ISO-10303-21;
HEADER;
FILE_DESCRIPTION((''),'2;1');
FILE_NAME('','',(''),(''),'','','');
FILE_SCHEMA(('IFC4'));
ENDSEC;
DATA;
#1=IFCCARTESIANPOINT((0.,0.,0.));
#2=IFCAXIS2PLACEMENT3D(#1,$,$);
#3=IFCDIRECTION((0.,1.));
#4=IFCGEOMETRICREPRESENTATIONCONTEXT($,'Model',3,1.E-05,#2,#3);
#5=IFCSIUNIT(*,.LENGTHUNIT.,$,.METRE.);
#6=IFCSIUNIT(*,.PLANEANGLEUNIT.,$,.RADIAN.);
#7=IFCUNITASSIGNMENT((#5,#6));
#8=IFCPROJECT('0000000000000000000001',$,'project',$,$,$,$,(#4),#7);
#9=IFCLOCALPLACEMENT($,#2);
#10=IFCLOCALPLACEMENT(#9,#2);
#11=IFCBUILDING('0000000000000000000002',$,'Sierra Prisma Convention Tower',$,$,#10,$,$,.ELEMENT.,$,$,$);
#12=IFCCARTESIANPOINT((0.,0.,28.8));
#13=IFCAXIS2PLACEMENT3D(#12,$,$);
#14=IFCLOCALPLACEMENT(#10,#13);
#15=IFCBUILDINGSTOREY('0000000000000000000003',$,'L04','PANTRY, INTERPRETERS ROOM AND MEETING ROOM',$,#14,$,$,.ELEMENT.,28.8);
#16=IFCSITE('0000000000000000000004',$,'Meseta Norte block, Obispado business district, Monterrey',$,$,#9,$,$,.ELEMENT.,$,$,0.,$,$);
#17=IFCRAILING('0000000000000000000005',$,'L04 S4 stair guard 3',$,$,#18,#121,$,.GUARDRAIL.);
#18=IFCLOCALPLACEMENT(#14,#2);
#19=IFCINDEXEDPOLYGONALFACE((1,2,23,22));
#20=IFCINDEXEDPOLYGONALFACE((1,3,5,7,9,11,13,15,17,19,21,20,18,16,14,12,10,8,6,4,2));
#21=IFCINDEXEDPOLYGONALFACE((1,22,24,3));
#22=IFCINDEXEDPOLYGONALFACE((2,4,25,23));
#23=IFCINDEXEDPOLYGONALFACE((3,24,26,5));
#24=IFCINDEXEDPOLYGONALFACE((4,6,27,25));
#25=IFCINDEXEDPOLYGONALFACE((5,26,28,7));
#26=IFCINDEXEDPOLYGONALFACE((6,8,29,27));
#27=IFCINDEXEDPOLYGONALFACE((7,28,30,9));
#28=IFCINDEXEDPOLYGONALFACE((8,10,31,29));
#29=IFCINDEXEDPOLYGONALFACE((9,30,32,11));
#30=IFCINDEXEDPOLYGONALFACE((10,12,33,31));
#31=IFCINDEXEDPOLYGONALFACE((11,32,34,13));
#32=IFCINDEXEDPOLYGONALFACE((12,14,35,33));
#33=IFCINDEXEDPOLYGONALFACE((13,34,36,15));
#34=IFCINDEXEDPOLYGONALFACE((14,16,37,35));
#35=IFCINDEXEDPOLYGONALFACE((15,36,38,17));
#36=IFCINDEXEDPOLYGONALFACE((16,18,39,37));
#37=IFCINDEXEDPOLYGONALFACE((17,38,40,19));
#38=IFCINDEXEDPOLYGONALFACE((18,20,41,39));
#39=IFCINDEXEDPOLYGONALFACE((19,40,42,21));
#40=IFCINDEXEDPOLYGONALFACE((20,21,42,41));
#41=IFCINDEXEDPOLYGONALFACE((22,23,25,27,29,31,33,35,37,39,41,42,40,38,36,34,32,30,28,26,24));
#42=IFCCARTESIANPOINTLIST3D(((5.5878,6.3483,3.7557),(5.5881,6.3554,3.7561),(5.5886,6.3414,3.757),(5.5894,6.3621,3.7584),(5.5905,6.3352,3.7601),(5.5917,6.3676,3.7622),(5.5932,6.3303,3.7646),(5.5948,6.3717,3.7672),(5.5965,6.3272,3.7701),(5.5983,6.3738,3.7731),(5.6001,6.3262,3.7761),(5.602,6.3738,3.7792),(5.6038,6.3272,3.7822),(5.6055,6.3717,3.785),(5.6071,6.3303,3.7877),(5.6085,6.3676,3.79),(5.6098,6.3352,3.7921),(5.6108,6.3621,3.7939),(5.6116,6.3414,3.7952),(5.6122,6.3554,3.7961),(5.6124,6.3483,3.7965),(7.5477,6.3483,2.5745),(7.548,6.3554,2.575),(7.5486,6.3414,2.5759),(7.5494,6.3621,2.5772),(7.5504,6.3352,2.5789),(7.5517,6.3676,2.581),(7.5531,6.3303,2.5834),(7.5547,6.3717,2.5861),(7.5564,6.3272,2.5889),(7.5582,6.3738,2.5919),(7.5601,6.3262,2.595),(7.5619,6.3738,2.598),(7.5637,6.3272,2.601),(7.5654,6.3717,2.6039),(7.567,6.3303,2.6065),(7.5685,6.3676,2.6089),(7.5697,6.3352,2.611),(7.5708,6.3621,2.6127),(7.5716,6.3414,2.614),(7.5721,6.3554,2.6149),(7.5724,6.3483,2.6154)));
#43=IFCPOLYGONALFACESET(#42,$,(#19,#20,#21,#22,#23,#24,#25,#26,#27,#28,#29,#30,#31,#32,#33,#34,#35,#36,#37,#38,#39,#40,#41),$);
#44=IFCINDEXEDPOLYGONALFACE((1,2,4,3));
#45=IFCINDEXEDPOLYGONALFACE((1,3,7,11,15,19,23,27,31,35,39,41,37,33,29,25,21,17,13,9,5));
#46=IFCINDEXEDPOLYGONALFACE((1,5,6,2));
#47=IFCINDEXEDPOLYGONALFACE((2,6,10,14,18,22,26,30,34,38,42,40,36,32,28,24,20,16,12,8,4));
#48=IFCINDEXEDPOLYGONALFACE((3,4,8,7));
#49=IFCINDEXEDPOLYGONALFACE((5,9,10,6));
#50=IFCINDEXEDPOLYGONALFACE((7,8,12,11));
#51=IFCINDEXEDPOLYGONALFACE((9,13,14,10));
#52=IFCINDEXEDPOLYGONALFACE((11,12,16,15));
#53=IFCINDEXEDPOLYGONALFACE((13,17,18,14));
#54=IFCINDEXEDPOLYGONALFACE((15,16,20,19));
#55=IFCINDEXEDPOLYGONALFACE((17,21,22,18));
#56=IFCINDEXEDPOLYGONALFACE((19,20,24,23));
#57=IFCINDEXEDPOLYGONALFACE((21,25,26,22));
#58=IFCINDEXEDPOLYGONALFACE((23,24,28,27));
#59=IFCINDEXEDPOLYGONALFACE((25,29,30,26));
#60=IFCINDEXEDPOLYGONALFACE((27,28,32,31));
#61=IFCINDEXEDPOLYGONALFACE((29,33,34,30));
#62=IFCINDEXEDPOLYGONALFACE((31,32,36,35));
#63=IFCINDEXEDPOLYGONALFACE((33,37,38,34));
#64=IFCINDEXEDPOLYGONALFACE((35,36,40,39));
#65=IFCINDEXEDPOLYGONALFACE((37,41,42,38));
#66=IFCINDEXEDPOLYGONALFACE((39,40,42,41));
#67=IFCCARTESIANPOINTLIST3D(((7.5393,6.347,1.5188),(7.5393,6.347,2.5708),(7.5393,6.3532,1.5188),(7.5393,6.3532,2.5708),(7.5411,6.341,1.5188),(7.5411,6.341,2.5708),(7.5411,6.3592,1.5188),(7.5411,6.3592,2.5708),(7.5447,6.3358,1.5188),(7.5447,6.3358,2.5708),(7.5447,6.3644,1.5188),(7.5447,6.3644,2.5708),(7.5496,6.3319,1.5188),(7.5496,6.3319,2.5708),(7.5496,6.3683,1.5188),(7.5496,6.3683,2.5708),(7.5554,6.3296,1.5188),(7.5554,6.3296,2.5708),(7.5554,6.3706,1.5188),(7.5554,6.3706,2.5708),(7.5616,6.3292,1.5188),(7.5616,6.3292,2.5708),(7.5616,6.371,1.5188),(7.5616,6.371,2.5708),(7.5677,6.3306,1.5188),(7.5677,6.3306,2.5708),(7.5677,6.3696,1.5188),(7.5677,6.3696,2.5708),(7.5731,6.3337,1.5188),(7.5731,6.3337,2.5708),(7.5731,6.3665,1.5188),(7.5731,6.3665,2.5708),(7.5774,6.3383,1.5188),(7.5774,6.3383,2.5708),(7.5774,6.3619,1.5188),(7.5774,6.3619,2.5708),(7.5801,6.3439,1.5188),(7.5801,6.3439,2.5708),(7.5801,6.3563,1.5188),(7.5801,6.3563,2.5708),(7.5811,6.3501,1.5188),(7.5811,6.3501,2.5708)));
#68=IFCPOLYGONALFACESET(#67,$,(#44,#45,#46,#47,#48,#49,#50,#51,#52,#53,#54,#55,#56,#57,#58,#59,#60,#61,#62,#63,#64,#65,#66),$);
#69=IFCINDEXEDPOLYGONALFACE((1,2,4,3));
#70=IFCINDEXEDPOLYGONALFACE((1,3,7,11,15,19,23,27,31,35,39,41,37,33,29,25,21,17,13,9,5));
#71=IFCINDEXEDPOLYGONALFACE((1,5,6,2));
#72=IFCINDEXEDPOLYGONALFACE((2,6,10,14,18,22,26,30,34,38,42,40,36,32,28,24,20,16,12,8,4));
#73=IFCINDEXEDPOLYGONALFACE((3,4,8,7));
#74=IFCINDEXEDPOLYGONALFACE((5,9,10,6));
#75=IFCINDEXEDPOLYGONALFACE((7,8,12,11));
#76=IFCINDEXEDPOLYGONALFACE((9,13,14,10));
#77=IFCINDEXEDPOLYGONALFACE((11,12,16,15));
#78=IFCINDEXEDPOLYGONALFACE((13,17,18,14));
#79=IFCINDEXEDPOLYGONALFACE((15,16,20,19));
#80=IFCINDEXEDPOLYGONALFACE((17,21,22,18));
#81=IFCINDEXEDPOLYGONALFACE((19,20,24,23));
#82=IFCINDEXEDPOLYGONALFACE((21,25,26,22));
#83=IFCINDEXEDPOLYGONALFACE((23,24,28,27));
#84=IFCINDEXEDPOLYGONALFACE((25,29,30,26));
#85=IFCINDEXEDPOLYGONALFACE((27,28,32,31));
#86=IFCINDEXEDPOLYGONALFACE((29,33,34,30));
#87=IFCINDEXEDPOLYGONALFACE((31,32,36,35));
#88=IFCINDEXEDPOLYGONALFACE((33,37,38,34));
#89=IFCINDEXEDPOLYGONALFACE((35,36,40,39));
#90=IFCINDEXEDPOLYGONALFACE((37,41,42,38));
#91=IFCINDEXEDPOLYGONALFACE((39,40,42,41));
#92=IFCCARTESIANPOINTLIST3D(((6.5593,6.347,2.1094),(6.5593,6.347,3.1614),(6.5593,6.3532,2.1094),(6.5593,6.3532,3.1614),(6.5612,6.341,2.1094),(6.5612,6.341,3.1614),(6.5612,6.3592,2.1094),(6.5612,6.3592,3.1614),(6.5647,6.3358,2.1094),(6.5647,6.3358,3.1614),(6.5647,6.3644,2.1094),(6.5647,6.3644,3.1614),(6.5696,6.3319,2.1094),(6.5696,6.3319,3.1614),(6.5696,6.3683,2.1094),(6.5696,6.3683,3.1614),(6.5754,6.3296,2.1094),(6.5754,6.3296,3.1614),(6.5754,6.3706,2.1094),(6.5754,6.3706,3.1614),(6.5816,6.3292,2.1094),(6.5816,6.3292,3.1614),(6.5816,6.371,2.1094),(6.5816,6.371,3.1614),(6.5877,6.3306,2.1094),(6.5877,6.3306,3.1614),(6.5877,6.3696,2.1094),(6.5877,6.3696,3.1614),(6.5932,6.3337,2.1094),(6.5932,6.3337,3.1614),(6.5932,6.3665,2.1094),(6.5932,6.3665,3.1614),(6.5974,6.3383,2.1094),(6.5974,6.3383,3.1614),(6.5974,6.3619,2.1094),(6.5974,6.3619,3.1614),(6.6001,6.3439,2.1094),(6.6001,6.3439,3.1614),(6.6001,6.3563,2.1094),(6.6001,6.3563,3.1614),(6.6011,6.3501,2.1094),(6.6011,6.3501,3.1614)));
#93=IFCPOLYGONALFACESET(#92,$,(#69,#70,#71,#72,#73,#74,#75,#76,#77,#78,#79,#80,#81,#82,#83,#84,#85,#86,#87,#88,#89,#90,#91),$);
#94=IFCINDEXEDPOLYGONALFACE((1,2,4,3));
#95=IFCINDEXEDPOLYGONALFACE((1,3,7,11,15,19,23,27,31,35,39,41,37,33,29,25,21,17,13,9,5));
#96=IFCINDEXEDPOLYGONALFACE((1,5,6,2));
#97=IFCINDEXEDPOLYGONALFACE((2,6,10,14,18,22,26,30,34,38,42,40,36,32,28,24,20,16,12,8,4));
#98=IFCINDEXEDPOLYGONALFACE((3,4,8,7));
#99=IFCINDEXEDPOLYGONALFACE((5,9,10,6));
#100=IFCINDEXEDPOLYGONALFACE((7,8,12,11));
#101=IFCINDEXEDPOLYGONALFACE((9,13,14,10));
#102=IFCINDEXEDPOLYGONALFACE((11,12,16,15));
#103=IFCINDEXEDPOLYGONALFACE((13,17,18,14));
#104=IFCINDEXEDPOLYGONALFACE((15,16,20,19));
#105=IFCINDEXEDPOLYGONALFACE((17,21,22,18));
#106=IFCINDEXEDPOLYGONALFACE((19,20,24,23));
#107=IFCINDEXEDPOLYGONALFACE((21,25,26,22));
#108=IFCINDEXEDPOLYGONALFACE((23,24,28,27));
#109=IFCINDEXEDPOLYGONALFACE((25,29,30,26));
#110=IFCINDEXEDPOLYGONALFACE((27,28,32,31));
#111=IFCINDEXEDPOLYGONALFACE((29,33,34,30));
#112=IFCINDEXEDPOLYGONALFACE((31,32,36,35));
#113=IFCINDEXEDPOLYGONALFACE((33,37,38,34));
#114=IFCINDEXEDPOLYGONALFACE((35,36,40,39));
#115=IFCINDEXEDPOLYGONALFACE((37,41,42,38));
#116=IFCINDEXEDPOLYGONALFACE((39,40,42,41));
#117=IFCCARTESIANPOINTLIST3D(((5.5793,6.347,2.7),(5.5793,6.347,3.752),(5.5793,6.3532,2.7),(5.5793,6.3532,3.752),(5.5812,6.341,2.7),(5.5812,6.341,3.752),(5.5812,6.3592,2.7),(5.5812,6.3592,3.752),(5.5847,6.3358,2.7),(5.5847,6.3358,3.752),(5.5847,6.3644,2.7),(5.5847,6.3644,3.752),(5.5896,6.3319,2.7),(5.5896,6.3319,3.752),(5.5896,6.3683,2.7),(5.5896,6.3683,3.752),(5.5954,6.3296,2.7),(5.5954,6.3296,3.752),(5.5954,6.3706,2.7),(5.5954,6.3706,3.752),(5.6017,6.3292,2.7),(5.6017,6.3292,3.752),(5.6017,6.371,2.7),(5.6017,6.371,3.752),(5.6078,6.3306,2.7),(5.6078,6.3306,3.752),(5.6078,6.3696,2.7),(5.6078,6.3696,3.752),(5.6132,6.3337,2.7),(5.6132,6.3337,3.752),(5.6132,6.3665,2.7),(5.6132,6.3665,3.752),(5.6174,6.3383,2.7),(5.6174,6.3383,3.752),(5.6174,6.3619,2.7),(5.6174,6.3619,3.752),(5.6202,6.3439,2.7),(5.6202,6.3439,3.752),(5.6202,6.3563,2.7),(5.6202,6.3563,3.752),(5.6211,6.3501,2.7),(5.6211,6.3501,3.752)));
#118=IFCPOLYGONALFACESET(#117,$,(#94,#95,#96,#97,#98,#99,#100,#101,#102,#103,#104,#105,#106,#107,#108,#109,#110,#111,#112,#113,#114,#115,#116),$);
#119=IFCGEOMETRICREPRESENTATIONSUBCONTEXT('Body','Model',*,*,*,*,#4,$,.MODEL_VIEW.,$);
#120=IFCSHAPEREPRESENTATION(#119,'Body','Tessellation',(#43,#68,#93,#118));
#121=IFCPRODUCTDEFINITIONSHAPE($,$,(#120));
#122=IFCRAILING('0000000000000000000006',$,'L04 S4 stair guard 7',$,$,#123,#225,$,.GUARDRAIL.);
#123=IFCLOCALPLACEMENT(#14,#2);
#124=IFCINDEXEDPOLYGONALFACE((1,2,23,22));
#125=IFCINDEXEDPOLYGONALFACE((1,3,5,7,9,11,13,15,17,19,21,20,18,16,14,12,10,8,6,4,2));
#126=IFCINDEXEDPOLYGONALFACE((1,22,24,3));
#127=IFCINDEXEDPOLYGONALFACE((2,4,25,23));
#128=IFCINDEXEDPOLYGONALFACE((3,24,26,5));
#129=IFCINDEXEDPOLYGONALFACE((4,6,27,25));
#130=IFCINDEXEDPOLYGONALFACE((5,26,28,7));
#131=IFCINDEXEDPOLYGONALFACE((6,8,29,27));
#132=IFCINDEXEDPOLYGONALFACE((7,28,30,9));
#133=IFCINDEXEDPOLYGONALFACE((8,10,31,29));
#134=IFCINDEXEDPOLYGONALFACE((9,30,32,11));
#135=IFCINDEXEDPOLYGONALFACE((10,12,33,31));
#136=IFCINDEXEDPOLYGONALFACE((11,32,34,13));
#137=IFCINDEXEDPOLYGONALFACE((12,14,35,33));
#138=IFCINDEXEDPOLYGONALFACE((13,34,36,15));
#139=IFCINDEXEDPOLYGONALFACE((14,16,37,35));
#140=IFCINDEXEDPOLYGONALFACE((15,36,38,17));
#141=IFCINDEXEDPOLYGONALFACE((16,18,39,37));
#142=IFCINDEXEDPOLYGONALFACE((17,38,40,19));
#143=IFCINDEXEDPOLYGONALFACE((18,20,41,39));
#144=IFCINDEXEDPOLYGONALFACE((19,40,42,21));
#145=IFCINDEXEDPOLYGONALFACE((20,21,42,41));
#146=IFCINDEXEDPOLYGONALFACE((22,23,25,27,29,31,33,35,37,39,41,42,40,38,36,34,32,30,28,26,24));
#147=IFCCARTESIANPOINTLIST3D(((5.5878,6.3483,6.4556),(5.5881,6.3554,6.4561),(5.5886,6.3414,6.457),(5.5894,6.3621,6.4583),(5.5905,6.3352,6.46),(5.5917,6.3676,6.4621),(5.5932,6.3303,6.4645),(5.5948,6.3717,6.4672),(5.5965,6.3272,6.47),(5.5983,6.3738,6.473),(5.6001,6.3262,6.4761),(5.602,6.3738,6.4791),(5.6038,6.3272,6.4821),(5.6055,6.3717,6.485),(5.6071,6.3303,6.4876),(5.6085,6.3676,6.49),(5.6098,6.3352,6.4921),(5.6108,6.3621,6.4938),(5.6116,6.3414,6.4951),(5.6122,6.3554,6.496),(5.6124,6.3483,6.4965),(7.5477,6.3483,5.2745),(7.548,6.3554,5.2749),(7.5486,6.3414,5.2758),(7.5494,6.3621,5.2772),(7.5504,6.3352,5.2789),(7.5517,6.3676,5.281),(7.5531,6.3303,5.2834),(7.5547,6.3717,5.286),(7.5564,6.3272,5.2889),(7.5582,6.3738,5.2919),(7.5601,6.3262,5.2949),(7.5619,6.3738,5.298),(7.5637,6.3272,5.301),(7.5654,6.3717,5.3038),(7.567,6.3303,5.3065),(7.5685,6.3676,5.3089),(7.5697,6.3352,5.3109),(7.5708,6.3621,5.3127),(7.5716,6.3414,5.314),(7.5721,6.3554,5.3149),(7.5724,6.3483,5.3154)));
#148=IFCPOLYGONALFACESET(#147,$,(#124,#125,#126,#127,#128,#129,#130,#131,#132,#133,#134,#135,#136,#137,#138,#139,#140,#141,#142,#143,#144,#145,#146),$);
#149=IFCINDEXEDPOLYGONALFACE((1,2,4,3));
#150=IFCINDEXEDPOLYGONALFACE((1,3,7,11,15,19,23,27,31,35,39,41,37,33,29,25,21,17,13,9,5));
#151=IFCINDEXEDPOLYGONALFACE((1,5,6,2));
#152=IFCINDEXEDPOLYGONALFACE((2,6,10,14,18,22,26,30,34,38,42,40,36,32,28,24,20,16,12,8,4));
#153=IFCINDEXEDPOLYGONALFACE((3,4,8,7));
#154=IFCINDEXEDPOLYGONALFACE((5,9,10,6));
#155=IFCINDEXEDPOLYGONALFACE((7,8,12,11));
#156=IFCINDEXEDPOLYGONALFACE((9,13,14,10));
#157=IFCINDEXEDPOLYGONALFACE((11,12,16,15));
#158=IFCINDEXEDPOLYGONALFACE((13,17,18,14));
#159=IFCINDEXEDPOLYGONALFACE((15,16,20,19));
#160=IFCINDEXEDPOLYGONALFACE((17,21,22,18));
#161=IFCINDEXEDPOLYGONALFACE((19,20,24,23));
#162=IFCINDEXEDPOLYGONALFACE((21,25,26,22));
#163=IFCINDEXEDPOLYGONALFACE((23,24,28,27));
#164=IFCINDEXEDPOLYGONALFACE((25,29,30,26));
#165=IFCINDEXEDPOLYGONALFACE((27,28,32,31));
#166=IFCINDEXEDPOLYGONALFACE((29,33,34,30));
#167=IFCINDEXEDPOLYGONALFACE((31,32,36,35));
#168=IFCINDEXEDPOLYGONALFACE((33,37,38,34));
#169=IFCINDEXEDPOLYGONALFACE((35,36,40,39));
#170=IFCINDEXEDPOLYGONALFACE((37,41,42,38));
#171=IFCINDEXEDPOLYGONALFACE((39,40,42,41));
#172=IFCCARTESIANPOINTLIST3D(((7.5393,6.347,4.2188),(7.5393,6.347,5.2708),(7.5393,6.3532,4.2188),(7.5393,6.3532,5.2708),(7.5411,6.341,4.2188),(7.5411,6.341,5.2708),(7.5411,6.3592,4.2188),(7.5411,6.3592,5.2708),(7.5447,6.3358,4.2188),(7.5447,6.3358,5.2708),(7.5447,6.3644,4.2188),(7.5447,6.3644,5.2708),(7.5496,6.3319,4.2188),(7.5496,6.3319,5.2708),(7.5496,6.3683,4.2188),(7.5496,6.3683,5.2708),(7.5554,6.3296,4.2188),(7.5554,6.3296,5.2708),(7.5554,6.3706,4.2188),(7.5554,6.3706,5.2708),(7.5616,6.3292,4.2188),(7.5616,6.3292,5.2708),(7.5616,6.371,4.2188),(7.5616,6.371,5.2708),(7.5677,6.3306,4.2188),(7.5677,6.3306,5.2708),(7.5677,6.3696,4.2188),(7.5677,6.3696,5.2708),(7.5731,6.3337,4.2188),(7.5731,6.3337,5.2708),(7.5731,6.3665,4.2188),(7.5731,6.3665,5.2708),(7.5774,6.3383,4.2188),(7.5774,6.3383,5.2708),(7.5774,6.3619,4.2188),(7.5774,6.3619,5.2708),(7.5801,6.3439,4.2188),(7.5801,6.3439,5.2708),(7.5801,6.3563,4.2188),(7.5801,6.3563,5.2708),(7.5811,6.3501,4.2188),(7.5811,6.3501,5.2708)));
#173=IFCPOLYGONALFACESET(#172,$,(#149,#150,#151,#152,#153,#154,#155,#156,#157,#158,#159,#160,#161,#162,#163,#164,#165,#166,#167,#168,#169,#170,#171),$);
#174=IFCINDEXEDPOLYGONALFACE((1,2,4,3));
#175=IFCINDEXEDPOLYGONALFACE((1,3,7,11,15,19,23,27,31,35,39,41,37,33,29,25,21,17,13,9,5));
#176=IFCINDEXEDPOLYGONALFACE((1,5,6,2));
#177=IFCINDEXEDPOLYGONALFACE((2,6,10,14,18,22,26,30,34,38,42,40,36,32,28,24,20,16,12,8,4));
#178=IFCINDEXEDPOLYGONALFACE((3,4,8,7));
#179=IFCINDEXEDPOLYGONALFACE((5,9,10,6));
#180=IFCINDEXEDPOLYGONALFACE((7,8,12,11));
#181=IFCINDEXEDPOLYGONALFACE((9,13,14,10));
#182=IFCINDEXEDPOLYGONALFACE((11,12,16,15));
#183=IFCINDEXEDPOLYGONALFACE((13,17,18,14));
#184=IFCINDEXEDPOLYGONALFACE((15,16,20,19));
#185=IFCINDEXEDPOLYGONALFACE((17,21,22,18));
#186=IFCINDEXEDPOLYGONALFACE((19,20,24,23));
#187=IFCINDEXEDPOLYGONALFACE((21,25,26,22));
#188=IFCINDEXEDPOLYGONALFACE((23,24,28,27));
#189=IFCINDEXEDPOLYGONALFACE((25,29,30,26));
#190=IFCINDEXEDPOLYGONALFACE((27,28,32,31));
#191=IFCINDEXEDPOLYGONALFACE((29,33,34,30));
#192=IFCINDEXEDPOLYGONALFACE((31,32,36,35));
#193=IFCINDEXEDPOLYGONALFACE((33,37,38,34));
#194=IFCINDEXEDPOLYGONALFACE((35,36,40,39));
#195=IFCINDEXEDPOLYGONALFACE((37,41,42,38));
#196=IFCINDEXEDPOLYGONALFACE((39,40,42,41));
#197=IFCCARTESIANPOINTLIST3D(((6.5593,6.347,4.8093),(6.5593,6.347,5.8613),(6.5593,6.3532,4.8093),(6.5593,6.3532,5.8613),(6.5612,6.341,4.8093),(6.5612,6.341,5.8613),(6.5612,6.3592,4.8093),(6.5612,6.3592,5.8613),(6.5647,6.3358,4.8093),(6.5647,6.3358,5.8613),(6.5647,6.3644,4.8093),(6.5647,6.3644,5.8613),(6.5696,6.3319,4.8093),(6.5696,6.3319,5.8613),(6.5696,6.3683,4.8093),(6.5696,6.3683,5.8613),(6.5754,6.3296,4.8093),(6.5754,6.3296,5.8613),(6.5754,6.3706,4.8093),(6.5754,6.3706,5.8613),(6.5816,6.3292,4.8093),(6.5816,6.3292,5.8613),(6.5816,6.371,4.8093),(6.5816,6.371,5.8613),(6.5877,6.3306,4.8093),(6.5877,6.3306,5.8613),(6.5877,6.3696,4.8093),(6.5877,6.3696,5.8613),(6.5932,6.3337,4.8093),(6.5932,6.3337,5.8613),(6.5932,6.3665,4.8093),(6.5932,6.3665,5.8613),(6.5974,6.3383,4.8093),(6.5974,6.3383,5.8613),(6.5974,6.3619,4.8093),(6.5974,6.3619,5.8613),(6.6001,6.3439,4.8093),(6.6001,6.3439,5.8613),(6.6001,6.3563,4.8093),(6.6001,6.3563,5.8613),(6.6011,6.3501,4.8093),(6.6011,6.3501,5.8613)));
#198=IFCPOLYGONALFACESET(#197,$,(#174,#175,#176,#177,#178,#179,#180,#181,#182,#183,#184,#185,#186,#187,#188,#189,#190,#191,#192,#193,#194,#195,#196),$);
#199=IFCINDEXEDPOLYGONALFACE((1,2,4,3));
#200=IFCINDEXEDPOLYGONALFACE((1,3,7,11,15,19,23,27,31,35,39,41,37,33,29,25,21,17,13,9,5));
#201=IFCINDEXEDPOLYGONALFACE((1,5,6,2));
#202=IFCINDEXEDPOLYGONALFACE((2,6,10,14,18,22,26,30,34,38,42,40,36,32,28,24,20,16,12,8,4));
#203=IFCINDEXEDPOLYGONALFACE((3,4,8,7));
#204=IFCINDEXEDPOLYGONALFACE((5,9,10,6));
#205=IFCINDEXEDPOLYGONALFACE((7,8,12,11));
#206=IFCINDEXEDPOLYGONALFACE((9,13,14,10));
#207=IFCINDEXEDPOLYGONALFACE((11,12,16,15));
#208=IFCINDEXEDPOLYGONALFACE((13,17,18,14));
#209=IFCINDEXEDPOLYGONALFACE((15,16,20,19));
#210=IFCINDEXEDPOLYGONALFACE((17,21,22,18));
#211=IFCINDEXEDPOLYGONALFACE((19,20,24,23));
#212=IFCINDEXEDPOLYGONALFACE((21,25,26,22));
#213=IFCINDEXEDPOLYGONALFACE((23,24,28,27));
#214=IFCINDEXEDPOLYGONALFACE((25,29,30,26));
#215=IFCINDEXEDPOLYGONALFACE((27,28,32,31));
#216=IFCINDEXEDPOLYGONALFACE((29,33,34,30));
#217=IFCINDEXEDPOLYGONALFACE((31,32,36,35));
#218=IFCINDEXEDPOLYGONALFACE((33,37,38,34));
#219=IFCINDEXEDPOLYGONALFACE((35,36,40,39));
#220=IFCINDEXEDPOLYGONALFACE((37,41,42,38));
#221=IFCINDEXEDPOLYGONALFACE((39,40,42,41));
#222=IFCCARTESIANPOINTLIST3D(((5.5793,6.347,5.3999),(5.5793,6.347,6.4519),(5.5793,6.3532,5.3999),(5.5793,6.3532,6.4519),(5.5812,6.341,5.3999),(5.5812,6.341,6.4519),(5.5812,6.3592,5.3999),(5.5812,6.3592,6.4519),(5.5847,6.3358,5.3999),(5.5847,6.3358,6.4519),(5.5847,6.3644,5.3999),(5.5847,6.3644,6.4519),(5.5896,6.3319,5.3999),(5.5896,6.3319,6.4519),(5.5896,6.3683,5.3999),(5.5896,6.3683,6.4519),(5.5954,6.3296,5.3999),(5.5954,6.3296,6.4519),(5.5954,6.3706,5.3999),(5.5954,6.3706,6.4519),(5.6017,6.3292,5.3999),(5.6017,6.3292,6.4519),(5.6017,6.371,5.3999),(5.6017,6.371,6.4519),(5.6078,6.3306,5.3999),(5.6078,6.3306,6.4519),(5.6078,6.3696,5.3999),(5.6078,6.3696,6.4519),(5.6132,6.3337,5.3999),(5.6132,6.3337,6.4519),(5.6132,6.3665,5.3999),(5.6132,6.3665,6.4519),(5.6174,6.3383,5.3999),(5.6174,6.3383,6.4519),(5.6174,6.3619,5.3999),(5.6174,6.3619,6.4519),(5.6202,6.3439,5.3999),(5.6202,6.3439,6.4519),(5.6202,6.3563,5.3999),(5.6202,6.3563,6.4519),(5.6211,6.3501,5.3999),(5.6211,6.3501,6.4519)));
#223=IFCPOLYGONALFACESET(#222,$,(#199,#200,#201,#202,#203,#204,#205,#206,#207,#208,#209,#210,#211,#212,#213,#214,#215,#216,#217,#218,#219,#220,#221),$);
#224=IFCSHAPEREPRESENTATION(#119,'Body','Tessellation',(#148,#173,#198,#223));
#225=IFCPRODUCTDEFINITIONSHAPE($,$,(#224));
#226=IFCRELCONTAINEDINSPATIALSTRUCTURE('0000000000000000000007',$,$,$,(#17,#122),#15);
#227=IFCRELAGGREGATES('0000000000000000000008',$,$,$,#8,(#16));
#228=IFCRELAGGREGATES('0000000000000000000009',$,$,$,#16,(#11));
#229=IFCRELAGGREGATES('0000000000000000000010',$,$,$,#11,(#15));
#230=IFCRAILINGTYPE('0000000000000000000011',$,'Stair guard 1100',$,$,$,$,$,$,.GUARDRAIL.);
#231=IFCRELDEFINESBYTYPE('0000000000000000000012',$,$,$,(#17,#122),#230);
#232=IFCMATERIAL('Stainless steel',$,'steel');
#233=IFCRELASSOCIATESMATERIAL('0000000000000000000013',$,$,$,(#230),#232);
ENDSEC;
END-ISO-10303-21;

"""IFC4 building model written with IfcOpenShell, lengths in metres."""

from ifc_helpers import new_model, si_unit, direction, frame, origin, origin_2d, place, context, subcontext, project, spatial, circle, extrude, material, type_object, element, save


model = new_model("IFC4")

# Units and contexts
model_context = context("Model", 3, precision=1e-05, world=origin(), true_north=direction((0.0, 1.0)))
body_context = subcontext(model_context, "Body", "Model", "MODEL_VIEW")
ifc_project = project(units=[si_unit("LENGTHUNIT", "METRE"), si_unit("PLANEANGLEUNIT", "RADIAN")], contexts=[model_context])

# Site, building, storey
site_placement = place(None, origin())
site = spatial("IfcSite", under=ifc_project, at=site_placement, Name="Meseta Norte block, Obispado business district, Monterrey", CompositionType="ELEMENT", RefElevation=0.0)
building_placement = place(site_placement, origin())
building = spatial("IfcBuilding", under=site, at=building_placement, Name="Sierra Prisma Convention Tower", CompositionType="ELEMENT")
storey_placement = place(building_placement, frame((0.0, 0.0, 28.8)))
storey = spatial("IfcBuildingStorey", under=building, at=storey_placement, Name="L04", Description="PANTRY, INTERPRETERS ROOM AND MEETING ROOM", CompositionType="ELEMENT", Elevation=28.8)

# Railings
ifc_material_1 = material(Name="Stainless steel", Category="steel")
railing_type_1 = type_object("IfcRailingType", Name="Stair guard 1100", PredefinedType="GUARDRAIL", material=ifc_material_1)
for number, where, name in (
    (1, (7.5601, 6.3501, 1.5188), "L04 S4 stair guard 3"),
    (2, (7.5601, 6.3501, 4.2188), "L04 S4 stair guard 7"),
):
    element("IfcRailing", number, at=place(storey_placement, frame(where)), inside=storey, type_object=railing_type_1, Name=name, PredefinedType="GUARDRAIL", context=body_context, shape_type="SweptSolid", body=[
        extrude(circle(Radius=0.0239, at=origin_2d()), frame((0.0, 0.0, 1.0762), z_axis=(-0.856493, 0.0, 0.516158), x_axis=(0.0, -1.0, 0.0)), (0.0, 0.0, 1.0), 2.2883),
        extrude(circle(Radius=0.021, at=origin_2d()), origin(), (0.0, 0.0, 1.0), 1.052),
        extrude(circle(Radius=0.021, at=origin_2d()), frame((-0.98, 0.0, 0.5906)), (0.0, 0.0, 1.0), 1.052),
        extrude(circle(Radius=0.021, at=origin_2d()), frame((-1.96, 0.0, 1.1812)), (0.0, 0.0, 1.0), 1.052),
    ])

save(model, "model.ifc")
